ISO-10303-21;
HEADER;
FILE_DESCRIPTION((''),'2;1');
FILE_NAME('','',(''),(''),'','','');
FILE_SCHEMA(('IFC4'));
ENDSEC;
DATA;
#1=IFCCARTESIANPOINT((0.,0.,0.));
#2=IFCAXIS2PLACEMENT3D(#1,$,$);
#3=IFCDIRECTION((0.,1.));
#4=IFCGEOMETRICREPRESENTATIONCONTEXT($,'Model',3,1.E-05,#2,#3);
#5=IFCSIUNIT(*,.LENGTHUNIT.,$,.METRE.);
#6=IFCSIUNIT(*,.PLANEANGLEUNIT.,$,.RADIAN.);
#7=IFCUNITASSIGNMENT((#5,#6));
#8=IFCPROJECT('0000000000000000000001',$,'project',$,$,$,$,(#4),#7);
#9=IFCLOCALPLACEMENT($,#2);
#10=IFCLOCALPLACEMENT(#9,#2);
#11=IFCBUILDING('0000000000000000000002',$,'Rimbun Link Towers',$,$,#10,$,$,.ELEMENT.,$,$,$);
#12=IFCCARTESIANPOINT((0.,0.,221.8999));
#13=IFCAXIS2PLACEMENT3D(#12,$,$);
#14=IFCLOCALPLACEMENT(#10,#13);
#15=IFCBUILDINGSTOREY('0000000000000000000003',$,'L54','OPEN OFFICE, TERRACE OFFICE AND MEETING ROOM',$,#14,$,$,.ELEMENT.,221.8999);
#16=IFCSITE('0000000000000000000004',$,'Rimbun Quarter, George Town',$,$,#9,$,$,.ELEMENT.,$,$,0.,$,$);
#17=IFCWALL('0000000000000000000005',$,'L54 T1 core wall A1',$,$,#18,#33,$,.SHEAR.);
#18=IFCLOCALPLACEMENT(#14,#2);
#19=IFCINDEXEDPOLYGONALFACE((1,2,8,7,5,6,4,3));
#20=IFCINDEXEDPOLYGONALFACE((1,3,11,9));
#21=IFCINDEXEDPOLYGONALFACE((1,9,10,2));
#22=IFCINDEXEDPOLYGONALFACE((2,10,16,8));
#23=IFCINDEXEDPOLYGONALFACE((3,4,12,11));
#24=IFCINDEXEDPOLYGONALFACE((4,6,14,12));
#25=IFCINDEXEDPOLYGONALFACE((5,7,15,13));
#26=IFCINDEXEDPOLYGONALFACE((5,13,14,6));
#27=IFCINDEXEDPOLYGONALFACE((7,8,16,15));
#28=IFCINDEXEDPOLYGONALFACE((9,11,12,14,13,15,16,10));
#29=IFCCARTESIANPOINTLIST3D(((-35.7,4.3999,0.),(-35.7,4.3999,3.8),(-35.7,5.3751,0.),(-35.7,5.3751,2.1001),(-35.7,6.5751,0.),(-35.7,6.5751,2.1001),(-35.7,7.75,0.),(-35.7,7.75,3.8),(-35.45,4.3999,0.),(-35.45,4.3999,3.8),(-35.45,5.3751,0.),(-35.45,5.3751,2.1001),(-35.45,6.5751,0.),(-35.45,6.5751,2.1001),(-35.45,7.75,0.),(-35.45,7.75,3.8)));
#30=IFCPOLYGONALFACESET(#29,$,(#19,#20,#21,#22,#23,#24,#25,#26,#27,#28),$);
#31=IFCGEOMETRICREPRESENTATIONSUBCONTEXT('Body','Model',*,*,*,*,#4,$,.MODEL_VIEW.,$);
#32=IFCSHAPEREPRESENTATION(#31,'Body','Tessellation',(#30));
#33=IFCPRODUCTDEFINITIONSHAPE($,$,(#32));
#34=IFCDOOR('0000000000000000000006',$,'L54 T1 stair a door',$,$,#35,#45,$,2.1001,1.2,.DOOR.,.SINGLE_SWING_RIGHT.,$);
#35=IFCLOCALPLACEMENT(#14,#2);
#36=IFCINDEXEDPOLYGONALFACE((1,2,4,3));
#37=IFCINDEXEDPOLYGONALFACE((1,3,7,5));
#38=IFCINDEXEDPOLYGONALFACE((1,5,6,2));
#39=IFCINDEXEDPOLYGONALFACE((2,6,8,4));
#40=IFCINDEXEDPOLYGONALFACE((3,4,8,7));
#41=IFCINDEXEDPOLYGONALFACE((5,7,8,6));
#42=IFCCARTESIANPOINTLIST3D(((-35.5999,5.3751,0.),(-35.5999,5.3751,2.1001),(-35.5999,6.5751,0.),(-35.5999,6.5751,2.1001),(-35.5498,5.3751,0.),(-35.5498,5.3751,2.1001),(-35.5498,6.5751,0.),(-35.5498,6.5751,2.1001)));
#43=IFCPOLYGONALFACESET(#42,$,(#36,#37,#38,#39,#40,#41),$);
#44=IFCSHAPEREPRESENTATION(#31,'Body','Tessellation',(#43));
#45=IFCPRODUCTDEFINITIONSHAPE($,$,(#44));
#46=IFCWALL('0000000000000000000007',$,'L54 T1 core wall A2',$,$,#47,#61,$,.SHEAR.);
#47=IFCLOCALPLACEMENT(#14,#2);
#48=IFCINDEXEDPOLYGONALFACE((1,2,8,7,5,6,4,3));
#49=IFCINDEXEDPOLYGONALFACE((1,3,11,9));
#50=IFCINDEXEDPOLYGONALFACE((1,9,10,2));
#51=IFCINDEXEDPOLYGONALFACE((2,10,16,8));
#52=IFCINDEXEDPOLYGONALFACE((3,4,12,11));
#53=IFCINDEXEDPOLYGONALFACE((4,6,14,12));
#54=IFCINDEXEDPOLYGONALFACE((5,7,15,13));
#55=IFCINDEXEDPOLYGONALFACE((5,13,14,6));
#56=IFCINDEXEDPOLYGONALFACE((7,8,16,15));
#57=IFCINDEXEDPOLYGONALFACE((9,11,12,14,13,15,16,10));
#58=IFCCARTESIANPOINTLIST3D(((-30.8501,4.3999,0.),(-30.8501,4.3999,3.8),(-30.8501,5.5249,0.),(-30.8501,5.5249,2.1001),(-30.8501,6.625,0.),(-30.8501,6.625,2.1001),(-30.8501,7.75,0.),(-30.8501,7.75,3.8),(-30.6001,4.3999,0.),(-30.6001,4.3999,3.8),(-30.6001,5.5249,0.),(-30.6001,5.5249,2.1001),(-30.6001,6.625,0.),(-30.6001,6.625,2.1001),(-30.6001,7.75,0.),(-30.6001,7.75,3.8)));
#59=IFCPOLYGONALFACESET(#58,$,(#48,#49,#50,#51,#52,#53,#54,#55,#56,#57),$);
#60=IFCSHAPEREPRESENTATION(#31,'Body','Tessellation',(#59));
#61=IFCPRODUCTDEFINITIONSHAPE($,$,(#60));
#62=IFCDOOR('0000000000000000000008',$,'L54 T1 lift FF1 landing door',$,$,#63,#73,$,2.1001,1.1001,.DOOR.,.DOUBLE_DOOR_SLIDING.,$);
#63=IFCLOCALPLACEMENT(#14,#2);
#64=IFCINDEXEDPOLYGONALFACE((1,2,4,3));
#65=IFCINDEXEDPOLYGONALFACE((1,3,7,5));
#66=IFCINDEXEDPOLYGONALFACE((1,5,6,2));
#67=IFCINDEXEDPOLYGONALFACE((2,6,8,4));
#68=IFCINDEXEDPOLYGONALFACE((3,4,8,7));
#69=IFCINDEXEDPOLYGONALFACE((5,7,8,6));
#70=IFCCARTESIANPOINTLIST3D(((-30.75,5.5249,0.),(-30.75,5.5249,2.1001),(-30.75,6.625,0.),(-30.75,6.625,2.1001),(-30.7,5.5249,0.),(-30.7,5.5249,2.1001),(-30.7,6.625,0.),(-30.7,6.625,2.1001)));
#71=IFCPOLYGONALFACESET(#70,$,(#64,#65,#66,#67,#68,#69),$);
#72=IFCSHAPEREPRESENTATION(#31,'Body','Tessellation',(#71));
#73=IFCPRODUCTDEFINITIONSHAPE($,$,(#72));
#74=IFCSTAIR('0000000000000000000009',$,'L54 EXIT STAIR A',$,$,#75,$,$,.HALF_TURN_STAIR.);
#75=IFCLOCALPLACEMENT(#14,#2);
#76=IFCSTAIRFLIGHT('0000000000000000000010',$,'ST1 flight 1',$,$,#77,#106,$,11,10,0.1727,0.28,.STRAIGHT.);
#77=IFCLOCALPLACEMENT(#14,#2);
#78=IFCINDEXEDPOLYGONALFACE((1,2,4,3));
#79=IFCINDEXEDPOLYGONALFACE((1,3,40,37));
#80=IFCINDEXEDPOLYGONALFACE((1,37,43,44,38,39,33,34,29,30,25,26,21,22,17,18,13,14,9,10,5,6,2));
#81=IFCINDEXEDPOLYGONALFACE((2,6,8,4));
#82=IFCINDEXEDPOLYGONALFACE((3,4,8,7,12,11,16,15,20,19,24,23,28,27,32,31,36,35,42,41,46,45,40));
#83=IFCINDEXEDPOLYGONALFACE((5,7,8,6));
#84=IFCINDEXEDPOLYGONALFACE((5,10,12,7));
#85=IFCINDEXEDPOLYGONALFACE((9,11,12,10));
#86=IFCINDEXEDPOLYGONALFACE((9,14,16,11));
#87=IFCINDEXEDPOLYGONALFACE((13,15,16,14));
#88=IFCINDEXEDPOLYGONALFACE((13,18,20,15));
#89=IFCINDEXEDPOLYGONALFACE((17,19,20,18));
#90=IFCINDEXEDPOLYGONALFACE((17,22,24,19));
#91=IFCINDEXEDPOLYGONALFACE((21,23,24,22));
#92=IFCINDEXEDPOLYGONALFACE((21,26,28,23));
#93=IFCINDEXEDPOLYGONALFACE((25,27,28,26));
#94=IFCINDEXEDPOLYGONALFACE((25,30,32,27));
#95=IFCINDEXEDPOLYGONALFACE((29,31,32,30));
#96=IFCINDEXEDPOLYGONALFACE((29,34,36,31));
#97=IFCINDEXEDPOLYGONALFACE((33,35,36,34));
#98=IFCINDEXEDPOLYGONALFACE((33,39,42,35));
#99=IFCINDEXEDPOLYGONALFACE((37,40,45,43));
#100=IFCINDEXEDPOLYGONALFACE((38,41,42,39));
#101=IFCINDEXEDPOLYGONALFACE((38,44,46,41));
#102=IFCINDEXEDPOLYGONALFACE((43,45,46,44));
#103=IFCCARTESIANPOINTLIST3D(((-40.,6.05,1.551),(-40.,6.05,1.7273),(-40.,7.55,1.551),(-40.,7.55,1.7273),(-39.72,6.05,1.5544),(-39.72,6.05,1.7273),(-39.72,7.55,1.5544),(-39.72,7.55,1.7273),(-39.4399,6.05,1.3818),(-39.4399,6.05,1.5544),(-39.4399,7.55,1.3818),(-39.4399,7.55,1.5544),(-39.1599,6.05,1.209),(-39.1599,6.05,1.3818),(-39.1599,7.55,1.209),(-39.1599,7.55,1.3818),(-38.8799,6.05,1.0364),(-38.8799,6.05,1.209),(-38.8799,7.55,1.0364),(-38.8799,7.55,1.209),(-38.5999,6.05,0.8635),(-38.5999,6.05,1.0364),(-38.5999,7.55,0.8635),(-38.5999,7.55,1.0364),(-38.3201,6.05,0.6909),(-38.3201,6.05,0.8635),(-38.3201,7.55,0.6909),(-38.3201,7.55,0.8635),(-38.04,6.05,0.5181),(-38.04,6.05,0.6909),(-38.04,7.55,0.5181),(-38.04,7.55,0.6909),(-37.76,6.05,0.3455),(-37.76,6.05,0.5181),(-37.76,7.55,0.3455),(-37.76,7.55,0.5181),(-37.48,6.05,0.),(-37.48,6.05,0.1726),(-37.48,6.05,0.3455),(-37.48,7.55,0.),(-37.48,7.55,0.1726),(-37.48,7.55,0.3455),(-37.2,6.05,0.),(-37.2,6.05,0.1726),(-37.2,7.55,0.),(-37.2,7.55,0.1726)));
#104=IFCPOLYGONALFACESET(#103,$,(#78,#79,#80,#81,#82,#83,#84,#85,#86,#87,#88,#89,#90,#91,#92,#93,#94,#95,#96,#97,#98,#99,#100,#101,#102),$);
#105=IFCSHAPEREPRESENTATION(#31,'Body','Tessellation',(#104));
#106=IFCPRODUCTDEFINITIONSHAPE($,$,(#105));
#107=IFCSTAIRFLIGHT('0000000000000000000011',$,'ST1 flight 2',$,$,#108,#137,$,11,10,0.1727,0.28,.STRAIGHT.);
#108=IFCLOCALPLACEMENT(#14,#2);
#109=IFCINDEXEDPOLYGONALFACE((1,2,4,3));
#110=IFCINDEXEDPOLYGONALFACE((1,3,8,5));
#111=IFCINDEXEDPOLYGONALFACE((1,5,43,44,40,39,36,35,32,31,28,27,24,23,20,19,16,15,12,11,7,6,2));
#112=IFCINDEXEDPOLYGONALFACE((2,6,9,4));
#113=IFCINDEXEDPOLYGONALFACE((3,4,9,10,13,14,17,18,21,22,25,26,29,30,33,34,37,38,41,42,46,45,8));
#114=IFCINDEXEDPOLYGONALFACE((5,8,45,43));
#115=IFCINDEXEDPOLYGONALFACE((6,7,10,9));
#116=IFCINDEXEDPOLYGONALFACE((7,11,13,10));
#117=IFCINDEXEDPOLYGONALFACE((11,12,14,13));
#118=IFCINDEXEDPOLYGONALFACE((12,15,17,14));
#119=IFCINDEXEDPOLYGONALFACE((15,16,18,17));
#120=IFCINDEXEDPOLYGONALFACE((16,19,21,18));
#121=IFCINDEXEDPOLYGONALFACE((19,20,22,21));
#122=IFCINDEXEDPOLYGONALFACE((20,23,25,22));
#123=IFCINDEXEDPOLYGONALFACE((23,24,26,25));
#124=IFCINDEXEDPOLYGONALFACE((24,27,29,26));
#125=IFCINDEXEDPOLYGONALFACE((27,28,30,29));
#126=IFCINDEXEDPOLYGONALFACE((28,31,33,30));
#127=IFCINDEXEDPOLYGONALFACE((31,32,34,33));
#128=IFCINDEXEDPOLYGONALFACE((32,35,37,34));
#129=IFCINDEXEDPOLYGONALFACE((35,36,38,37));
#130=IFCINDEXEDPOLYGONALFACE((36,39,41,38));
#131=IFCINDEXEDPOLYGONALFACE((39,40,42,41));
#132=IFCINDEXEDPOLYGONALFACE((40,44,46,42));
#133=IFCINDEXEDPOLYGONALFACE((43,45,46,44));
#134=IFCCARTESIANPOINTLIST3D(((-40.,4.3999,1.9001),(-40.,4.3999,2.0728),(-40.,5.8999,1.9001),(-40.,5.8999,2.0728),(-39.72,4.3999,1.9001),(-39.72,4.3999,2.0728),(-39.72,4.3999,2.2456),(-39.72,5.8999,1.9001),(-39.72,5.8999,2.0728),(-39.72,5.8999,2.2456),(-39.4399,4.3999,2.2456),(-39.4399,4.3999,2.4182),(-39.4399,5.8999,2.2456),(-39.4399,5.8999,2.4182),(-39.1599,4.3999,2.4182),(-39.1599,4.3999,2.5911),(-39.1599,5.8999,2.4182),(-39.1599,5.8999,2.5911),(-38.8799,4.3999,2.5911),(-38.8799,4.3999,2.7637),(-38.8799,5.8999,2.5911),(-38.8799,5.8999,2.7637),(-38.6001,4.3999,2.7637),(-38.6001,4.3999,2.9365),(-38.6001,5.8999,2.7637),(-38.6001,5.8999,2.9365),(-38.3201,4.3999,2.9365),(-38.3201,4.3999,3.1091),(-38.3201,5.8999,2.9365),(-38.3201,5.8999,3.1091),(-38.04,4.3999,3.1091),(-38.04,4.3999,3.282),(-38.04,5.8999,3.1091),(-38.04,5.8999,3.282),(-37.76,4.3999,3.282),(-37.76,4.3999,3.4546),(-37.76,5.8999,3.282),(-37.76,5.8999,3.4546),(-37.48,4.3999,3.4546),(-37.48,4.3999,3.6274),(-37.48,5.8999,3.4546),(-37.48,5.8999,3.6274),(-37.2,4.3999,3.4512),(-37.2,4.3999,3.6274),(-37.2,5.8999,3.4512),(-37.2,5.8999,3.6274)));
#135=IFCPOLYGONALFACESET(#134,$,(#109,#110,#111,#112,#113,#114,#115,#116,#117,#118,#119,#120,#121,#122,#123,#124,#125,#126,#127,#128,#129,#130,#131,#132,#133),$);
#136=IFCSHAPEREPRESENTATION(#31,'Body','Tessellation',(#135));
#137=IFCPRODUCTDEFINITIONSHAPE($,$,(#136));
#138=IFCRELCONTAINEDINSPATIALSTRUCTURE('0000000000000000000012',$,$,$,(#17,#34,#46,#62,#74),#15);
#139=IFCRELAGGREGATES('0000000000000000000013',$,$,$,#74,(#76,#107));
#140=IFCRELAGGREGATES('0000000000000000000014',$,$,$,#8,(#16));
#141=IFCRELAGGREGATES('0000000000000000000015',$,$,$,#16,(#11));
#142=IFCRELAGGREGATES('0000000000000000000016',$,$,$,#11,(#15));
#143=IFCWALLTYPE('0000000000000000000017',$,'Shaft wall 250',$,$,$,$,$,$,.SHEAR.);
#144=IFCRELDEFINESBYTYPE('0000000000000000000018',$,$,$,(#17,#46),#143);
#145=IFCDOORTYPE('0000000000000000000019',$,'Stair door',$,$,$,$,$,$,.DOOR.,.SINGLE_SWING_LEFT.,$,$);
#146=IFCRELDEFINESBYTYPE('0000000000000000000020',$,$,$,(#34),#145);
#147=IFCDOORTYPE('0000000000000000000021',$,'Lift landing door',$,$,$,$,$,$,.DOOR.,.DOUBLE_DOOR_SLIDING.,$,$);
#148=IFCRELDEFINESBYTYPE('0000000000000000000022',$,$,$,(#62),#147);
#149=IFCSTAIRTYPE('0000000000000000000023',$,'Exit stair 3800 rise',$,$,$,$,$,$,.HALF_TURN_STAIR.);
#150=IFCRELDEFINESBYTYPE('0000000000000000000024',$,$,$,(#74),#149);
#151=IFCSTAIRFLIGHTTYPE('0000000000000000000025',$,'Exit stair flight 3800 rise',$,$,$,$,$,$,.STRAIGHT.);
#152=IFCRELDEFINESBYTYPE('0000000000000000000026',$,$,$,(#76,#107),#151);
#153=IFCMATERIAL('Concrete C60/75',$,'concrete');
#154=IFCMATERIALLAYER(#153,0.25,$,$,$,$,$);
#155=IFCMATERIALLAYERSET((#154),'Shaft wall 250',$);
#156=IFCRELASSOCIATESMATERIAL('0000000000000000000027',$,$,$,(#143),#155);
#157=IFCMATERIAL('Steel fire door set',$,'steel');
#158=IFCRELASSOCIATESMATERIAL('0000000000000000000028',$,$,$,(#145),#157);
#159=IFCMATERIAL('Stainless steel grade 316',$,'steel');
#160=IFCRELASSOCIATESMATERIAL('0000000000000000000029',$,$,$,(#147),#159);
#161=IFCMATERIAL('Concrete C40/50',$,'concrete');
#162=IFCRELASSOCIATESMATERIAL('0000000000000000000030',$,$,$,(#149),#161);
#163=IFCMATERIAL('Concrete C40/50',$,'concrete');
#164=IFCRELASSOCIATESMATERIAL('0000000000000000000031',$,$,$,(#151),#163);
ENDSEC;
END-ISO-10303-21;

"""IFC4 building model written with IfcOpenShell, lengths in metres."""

from ifc_helpers import new_model, si_unit, direction, frame, frame_2d, origin, place, context, subcontext, project, spatial, polyline, rectangle, outline, extrude, material, layer, layer_set, type_object, element, fill, aggregate, save


model = new_model("IFC4")

# Units and contexts
model_context = context("Model", 3, precision=1e-05, world=origin(), true_north=direction((0.0, 1.0)))
body_context = subcontext(model_context, "Body", "Model", "MODEL_VIEW")
ifc_project = project(units=[si_unit("LENGTHUNIT", "METRE"), si_unit("PLANEANGLEUNIT", "RADIAN")], contexts=[model_context])

# Site, building, storey
site_placement = place(None, origin())
site = spatial("IfcSite", under=ifc_project, at=site_placement, Name="Rimbun Quarter, George Town", CompositionType="ELEMENT", RefElevation=0.0)
building_placement = place(site_placement, origin())
building = spatial("IfcBuilding", under=site, at=building_placement, Name="Rimbun Link Towers", CompositionType="ELEMENT")
storey_placement = place(building_placement, frame((0.0, 0.0, 221.8999)))
storey = spatial("IfcBuildingStorey", under=building, at=storey_placement, Name="L54", Description="OPEN OFFICE, TERRACE OFFICE AND MEETING ROOM", CompositionType="ELEMENT", Elevation=221.8999)

# Walls, openings, doors
ifc_material_1 = material(Name="Concrete C60/75", Category="concrete")
ifc_layer_1 = layer(ifc_material_1, 0.25)
ifc_layer_set_1 = layer_set([ifc_layer_1], Name="Shaft wall 250")
wall_type_1 = type_object("IfcWallType", Name="Shaft wall 250", PredefinedType="SHEAR", material=ifc_layer_set_1)
wall_1_placement = place(storey_placement, frame((-35.575, 4.3999, 0.0), z_axis=(0.0, 0.0, 1.0), x_axis=(0.0, 1.0, 0.0)))
wall_1 = element("IfcWall", 1, at=wall_1_placement, inside=storey, type_object=wall_type_1, Name="L54 T1 core wall A1", PredefinedType="SHEAR", context=body_context, shape_type="SweptSolid", body=[
    extrude(rectangle(XDim=3.3501, YDim=0.25, at=frame_2d((1.675, 0.0))), origin(), (0.0, 0.0, 1.0), 3.8),
])
opening_1_placement = place(wall_1_placement, frame((0.9751, 0.0, 0.0)))
opening_1 = element("IfcOpeningElement", 2, at=opening_1_placement, cuts=wall_1, PredefinedType="OPENING", context=body_context, shape_type="SweptSolid", body=[
    extrude(rectangle(XDim=1.2, YDim=2.1001, at=frame_2d((0.6001, 1.05))), frame((0.0, 0.135, 0.0), z_axis=(0.0, -1.0, 0.0), x_axis=(1.0, 0.0, 0.0)), (0.0, 0.0, 1.0), 0.27),
])
ifc_material_2 = material(Name="Steel fire door set", Category="steel")
door_type_1 = type_object("IfcDoorType", Name="Stair door", OperationType="SINGLE_SWING_LEFT", PredefinedType="DOOR", material=ifc_material_2)
door_1_placement = place(opening_1_placement, origin())
door_1 = element("IfcDoor", 3, at=door_1_placement, inside=storey, type_object=door_type_1, Name="L54 T1 stair a door", OperationType="SINGLE_SWING_RIGHT", OverallHeight=2.1001, OverallWidth=1.2, PredefinedType="DOOR", context=body_context, shape_type="SweptSolid", body=[
    extrude(rectangle(XDim=1.2, YDim=2.1001, at=frame_2d((0.6001, 1.05))), frame((0.0, 0.0249, 0.0), z_axis=(0.0, -1.0, 0.0), x_axis=(1.0, 0.0, 0.0)), (0.0, 0.0, 1.0), 0.05),
])
fill(opening_1, door_1)
wall_2_placement = place(storey_placement, frame((-30.7251, 4.3999, 0.0), z_axis=(0.0, 0.0, 1.0), x_axis=(0.0, 1.0, 0.0)))
wall_2 = element("IfcWall", 4, at=wall_2_placement, inside=storey, type_object=wall_type_1, Name="L54 T1 core wall A2", PredefinedType="SHEAR", context=body_context, shape_type="SweptSolid", body=[
    extrude(rectangle(XDim=3.3501, YDim=0.25, at=frame_2d((1.675, 0.0))), origin(), (0.0, 0.0, 1.0), 3.8),
])
opening_2_placement = place(wall_2_placement, frame((1.125, 0.0, 0.0)))
opening_2 = element("IfcOpeningElement", 5, at=opening_2_placement, cuts=wall_2, PredefinedType="OPENING", context=body_context, shape_type="SweptSolid", body=[
    extrude(rectangle(XDim=1.1001, YDim=2.1001, at=frame_2d((0.55, 1.05))), frame((0.0, 0.135, 0.0), z_axis=(0.0, -1.0, 0.0), x_axis=(1.0, 0.0, 0.0)), (0.0, 0.0, 1.0), 0.27),
])
ifc_material_3 = material(Name="Stainless steel grade 316", Category="steel")
door_type_2 = type_object("IfcDoorType", Name="Lift landing door", OperationType="DOUBLE_DOOR_SLIDING", PredefinedType="DOOR", material=ifc_material_3)
door_2_placement = place(opening_2_placement, origin())
door_2 = element("IfcDoor", 6, at=door_2_placement, inside=storey, type_object=door_type_2, Name="L54 T1 lift FF1 landing door", OperationType="DOUBLE_DOOR_SLIDING", OverallHeight=2.1001, OverallWidth=1.1001, PredefinedType="DOOR", context=body_context, shape_type="SweptSolid", body=[
    extrude(rectangle(XDim=1.1001, YDim=2.1001, at=frame_2d((0.55, 1.05))), frame((0.0, 0.0249, 0.0), z_axis=(0.0, -1.0, 0.0), x_axis=(1.0, 0.0, 0.0)), (0.0, 0.0, 1.0), 0.05),
])
fill(opening_2, door_2)

# Stair, stair flights
ifc_material_4 = material(Name="Concrete C40/50", Category="concrete")
stair_type = type_object("IfcStairType", Name="Exit stair 3800 rise", PredefinedType="HALF_TURN_STAIR", material=ifc_material_4)
stair_placement = place(storey_placement, origin())
stair = element("IfcStair", 7, at=stair_placement, inside=storey, type_object=stair_type, Name="L54 EXIT STAIR A", PredefinedType="HALF_TURN_STAIR")
ifc_material_5 = material(Name="Concrete C40/50", Category="concrete")
stair_flight_type = type_object("IfcStairFlightType", Name="Exit stair flight 3800 rise", PredefinedType="STRAIGHT", material=ifc_material_5)
stair_flight_1_placement = place(storey_placement, frame((-37.2, 6.8, 0.0), z_axis=(0.0, 0.0, 1.0), x_axis=(-1.0, 0.0, 0.0)))
stair_flight_1 = element("IfcStairFlight", 8, at=stair_flight_1_placement, type_object=stair_flight_type, Name="ST1 flight 1", NumberOfRisers=11, NumberOfTreads=10, PredefinedType="STRAIGHT", RiserHeight=0.1727, TreadLength=0.28, context=body_context, shape_type="SweptSolid", body=[
    extrude(outline(polyline([(0.0, 0.0), (0.0, 0.1726), (0.28, 0.1726), (0.28, 0.3455), (0.5601, 0.3455), (0.5601, 0.5181), (0.8401, 0.5181), (0.8401, 0.6909), (1.1201, 0.6909), (1.1201, 0.8635), (1.3999, 0.8635), (1.3999, 1.0364), (1.6799, 1.0364), (1.6799, 1.209), (1.96, 1.209), (1.96, 1.3818), (2.24, 1.3818), (2.24, 1.5544), (2.52, 1.5544), (2.52, 1.7273), (2.8, 1.7273), (2.8, 1.8999), (2.8, 1.551), (0.28, 0.0), (0.0, 0.0)])), frame((0.0, 0.75, 0.0), z_axis=(0.0, -1.0, 0.0), x_axis=(1.0, 0.0, 0.0)), (0.0, 0.0, 1.0), 1.5),
])
stair_flight_2_placement = place(storey_placement, frame((-40.0, 5.1499, 1.9001), z_axis=(0.0, 0.0, 1.0), x_axis=(1.0, 0.0, 0.0)))
stair_flight_2 = element("IfcStairFlight", 9, at=stair_flight_2_placement, type_object=stair_flight_type, Name="ST1 flight 2", NumberOfRisers=11, NumberOfTreads=10, PredefinedType="STRAIGHT", RiserHeight=0.1727, TreadLength=0.28, context=body_context, shape_type="SweptSolid", body=[
    extrude(outline(polyline([(0.0, 0.0), (0.0, 0.1726), (0.28, 0.1726), (0.28, 0.3455), (0.5601, 0.3455), (0.5601, 0.5181), (0.8401, 0.5181), (0.8401, 0.6909), (1.1201, 0.6909), (1.1201, 0.8635), (1.3999, 0.8635), (1.3999, 1.0364), (1.6799, 1.0364), (1.6799, 1.209), (1.96, 1.209), (1.96, 1.3818), (2.24, 1.3818), (2.24, 1.5544), (2.52, 1.5544), (2.52, 1.7273), (2.8, 1.7273), (2.8, 1.8999), (2.8, 1.551), (0.28, 0.0), (0.0, 0.0)])), frame((0.0, 0.75, 0.0), z_axis=(0.0, -1.0, 0.0), x_axis=(1.0, 0.0, 0.0)), (0.0, 0.0, 1.0), 1.5),
])
aggregate(stair, [stair_flight_1, stair_flight_2])

save(model, "model.ifc")
